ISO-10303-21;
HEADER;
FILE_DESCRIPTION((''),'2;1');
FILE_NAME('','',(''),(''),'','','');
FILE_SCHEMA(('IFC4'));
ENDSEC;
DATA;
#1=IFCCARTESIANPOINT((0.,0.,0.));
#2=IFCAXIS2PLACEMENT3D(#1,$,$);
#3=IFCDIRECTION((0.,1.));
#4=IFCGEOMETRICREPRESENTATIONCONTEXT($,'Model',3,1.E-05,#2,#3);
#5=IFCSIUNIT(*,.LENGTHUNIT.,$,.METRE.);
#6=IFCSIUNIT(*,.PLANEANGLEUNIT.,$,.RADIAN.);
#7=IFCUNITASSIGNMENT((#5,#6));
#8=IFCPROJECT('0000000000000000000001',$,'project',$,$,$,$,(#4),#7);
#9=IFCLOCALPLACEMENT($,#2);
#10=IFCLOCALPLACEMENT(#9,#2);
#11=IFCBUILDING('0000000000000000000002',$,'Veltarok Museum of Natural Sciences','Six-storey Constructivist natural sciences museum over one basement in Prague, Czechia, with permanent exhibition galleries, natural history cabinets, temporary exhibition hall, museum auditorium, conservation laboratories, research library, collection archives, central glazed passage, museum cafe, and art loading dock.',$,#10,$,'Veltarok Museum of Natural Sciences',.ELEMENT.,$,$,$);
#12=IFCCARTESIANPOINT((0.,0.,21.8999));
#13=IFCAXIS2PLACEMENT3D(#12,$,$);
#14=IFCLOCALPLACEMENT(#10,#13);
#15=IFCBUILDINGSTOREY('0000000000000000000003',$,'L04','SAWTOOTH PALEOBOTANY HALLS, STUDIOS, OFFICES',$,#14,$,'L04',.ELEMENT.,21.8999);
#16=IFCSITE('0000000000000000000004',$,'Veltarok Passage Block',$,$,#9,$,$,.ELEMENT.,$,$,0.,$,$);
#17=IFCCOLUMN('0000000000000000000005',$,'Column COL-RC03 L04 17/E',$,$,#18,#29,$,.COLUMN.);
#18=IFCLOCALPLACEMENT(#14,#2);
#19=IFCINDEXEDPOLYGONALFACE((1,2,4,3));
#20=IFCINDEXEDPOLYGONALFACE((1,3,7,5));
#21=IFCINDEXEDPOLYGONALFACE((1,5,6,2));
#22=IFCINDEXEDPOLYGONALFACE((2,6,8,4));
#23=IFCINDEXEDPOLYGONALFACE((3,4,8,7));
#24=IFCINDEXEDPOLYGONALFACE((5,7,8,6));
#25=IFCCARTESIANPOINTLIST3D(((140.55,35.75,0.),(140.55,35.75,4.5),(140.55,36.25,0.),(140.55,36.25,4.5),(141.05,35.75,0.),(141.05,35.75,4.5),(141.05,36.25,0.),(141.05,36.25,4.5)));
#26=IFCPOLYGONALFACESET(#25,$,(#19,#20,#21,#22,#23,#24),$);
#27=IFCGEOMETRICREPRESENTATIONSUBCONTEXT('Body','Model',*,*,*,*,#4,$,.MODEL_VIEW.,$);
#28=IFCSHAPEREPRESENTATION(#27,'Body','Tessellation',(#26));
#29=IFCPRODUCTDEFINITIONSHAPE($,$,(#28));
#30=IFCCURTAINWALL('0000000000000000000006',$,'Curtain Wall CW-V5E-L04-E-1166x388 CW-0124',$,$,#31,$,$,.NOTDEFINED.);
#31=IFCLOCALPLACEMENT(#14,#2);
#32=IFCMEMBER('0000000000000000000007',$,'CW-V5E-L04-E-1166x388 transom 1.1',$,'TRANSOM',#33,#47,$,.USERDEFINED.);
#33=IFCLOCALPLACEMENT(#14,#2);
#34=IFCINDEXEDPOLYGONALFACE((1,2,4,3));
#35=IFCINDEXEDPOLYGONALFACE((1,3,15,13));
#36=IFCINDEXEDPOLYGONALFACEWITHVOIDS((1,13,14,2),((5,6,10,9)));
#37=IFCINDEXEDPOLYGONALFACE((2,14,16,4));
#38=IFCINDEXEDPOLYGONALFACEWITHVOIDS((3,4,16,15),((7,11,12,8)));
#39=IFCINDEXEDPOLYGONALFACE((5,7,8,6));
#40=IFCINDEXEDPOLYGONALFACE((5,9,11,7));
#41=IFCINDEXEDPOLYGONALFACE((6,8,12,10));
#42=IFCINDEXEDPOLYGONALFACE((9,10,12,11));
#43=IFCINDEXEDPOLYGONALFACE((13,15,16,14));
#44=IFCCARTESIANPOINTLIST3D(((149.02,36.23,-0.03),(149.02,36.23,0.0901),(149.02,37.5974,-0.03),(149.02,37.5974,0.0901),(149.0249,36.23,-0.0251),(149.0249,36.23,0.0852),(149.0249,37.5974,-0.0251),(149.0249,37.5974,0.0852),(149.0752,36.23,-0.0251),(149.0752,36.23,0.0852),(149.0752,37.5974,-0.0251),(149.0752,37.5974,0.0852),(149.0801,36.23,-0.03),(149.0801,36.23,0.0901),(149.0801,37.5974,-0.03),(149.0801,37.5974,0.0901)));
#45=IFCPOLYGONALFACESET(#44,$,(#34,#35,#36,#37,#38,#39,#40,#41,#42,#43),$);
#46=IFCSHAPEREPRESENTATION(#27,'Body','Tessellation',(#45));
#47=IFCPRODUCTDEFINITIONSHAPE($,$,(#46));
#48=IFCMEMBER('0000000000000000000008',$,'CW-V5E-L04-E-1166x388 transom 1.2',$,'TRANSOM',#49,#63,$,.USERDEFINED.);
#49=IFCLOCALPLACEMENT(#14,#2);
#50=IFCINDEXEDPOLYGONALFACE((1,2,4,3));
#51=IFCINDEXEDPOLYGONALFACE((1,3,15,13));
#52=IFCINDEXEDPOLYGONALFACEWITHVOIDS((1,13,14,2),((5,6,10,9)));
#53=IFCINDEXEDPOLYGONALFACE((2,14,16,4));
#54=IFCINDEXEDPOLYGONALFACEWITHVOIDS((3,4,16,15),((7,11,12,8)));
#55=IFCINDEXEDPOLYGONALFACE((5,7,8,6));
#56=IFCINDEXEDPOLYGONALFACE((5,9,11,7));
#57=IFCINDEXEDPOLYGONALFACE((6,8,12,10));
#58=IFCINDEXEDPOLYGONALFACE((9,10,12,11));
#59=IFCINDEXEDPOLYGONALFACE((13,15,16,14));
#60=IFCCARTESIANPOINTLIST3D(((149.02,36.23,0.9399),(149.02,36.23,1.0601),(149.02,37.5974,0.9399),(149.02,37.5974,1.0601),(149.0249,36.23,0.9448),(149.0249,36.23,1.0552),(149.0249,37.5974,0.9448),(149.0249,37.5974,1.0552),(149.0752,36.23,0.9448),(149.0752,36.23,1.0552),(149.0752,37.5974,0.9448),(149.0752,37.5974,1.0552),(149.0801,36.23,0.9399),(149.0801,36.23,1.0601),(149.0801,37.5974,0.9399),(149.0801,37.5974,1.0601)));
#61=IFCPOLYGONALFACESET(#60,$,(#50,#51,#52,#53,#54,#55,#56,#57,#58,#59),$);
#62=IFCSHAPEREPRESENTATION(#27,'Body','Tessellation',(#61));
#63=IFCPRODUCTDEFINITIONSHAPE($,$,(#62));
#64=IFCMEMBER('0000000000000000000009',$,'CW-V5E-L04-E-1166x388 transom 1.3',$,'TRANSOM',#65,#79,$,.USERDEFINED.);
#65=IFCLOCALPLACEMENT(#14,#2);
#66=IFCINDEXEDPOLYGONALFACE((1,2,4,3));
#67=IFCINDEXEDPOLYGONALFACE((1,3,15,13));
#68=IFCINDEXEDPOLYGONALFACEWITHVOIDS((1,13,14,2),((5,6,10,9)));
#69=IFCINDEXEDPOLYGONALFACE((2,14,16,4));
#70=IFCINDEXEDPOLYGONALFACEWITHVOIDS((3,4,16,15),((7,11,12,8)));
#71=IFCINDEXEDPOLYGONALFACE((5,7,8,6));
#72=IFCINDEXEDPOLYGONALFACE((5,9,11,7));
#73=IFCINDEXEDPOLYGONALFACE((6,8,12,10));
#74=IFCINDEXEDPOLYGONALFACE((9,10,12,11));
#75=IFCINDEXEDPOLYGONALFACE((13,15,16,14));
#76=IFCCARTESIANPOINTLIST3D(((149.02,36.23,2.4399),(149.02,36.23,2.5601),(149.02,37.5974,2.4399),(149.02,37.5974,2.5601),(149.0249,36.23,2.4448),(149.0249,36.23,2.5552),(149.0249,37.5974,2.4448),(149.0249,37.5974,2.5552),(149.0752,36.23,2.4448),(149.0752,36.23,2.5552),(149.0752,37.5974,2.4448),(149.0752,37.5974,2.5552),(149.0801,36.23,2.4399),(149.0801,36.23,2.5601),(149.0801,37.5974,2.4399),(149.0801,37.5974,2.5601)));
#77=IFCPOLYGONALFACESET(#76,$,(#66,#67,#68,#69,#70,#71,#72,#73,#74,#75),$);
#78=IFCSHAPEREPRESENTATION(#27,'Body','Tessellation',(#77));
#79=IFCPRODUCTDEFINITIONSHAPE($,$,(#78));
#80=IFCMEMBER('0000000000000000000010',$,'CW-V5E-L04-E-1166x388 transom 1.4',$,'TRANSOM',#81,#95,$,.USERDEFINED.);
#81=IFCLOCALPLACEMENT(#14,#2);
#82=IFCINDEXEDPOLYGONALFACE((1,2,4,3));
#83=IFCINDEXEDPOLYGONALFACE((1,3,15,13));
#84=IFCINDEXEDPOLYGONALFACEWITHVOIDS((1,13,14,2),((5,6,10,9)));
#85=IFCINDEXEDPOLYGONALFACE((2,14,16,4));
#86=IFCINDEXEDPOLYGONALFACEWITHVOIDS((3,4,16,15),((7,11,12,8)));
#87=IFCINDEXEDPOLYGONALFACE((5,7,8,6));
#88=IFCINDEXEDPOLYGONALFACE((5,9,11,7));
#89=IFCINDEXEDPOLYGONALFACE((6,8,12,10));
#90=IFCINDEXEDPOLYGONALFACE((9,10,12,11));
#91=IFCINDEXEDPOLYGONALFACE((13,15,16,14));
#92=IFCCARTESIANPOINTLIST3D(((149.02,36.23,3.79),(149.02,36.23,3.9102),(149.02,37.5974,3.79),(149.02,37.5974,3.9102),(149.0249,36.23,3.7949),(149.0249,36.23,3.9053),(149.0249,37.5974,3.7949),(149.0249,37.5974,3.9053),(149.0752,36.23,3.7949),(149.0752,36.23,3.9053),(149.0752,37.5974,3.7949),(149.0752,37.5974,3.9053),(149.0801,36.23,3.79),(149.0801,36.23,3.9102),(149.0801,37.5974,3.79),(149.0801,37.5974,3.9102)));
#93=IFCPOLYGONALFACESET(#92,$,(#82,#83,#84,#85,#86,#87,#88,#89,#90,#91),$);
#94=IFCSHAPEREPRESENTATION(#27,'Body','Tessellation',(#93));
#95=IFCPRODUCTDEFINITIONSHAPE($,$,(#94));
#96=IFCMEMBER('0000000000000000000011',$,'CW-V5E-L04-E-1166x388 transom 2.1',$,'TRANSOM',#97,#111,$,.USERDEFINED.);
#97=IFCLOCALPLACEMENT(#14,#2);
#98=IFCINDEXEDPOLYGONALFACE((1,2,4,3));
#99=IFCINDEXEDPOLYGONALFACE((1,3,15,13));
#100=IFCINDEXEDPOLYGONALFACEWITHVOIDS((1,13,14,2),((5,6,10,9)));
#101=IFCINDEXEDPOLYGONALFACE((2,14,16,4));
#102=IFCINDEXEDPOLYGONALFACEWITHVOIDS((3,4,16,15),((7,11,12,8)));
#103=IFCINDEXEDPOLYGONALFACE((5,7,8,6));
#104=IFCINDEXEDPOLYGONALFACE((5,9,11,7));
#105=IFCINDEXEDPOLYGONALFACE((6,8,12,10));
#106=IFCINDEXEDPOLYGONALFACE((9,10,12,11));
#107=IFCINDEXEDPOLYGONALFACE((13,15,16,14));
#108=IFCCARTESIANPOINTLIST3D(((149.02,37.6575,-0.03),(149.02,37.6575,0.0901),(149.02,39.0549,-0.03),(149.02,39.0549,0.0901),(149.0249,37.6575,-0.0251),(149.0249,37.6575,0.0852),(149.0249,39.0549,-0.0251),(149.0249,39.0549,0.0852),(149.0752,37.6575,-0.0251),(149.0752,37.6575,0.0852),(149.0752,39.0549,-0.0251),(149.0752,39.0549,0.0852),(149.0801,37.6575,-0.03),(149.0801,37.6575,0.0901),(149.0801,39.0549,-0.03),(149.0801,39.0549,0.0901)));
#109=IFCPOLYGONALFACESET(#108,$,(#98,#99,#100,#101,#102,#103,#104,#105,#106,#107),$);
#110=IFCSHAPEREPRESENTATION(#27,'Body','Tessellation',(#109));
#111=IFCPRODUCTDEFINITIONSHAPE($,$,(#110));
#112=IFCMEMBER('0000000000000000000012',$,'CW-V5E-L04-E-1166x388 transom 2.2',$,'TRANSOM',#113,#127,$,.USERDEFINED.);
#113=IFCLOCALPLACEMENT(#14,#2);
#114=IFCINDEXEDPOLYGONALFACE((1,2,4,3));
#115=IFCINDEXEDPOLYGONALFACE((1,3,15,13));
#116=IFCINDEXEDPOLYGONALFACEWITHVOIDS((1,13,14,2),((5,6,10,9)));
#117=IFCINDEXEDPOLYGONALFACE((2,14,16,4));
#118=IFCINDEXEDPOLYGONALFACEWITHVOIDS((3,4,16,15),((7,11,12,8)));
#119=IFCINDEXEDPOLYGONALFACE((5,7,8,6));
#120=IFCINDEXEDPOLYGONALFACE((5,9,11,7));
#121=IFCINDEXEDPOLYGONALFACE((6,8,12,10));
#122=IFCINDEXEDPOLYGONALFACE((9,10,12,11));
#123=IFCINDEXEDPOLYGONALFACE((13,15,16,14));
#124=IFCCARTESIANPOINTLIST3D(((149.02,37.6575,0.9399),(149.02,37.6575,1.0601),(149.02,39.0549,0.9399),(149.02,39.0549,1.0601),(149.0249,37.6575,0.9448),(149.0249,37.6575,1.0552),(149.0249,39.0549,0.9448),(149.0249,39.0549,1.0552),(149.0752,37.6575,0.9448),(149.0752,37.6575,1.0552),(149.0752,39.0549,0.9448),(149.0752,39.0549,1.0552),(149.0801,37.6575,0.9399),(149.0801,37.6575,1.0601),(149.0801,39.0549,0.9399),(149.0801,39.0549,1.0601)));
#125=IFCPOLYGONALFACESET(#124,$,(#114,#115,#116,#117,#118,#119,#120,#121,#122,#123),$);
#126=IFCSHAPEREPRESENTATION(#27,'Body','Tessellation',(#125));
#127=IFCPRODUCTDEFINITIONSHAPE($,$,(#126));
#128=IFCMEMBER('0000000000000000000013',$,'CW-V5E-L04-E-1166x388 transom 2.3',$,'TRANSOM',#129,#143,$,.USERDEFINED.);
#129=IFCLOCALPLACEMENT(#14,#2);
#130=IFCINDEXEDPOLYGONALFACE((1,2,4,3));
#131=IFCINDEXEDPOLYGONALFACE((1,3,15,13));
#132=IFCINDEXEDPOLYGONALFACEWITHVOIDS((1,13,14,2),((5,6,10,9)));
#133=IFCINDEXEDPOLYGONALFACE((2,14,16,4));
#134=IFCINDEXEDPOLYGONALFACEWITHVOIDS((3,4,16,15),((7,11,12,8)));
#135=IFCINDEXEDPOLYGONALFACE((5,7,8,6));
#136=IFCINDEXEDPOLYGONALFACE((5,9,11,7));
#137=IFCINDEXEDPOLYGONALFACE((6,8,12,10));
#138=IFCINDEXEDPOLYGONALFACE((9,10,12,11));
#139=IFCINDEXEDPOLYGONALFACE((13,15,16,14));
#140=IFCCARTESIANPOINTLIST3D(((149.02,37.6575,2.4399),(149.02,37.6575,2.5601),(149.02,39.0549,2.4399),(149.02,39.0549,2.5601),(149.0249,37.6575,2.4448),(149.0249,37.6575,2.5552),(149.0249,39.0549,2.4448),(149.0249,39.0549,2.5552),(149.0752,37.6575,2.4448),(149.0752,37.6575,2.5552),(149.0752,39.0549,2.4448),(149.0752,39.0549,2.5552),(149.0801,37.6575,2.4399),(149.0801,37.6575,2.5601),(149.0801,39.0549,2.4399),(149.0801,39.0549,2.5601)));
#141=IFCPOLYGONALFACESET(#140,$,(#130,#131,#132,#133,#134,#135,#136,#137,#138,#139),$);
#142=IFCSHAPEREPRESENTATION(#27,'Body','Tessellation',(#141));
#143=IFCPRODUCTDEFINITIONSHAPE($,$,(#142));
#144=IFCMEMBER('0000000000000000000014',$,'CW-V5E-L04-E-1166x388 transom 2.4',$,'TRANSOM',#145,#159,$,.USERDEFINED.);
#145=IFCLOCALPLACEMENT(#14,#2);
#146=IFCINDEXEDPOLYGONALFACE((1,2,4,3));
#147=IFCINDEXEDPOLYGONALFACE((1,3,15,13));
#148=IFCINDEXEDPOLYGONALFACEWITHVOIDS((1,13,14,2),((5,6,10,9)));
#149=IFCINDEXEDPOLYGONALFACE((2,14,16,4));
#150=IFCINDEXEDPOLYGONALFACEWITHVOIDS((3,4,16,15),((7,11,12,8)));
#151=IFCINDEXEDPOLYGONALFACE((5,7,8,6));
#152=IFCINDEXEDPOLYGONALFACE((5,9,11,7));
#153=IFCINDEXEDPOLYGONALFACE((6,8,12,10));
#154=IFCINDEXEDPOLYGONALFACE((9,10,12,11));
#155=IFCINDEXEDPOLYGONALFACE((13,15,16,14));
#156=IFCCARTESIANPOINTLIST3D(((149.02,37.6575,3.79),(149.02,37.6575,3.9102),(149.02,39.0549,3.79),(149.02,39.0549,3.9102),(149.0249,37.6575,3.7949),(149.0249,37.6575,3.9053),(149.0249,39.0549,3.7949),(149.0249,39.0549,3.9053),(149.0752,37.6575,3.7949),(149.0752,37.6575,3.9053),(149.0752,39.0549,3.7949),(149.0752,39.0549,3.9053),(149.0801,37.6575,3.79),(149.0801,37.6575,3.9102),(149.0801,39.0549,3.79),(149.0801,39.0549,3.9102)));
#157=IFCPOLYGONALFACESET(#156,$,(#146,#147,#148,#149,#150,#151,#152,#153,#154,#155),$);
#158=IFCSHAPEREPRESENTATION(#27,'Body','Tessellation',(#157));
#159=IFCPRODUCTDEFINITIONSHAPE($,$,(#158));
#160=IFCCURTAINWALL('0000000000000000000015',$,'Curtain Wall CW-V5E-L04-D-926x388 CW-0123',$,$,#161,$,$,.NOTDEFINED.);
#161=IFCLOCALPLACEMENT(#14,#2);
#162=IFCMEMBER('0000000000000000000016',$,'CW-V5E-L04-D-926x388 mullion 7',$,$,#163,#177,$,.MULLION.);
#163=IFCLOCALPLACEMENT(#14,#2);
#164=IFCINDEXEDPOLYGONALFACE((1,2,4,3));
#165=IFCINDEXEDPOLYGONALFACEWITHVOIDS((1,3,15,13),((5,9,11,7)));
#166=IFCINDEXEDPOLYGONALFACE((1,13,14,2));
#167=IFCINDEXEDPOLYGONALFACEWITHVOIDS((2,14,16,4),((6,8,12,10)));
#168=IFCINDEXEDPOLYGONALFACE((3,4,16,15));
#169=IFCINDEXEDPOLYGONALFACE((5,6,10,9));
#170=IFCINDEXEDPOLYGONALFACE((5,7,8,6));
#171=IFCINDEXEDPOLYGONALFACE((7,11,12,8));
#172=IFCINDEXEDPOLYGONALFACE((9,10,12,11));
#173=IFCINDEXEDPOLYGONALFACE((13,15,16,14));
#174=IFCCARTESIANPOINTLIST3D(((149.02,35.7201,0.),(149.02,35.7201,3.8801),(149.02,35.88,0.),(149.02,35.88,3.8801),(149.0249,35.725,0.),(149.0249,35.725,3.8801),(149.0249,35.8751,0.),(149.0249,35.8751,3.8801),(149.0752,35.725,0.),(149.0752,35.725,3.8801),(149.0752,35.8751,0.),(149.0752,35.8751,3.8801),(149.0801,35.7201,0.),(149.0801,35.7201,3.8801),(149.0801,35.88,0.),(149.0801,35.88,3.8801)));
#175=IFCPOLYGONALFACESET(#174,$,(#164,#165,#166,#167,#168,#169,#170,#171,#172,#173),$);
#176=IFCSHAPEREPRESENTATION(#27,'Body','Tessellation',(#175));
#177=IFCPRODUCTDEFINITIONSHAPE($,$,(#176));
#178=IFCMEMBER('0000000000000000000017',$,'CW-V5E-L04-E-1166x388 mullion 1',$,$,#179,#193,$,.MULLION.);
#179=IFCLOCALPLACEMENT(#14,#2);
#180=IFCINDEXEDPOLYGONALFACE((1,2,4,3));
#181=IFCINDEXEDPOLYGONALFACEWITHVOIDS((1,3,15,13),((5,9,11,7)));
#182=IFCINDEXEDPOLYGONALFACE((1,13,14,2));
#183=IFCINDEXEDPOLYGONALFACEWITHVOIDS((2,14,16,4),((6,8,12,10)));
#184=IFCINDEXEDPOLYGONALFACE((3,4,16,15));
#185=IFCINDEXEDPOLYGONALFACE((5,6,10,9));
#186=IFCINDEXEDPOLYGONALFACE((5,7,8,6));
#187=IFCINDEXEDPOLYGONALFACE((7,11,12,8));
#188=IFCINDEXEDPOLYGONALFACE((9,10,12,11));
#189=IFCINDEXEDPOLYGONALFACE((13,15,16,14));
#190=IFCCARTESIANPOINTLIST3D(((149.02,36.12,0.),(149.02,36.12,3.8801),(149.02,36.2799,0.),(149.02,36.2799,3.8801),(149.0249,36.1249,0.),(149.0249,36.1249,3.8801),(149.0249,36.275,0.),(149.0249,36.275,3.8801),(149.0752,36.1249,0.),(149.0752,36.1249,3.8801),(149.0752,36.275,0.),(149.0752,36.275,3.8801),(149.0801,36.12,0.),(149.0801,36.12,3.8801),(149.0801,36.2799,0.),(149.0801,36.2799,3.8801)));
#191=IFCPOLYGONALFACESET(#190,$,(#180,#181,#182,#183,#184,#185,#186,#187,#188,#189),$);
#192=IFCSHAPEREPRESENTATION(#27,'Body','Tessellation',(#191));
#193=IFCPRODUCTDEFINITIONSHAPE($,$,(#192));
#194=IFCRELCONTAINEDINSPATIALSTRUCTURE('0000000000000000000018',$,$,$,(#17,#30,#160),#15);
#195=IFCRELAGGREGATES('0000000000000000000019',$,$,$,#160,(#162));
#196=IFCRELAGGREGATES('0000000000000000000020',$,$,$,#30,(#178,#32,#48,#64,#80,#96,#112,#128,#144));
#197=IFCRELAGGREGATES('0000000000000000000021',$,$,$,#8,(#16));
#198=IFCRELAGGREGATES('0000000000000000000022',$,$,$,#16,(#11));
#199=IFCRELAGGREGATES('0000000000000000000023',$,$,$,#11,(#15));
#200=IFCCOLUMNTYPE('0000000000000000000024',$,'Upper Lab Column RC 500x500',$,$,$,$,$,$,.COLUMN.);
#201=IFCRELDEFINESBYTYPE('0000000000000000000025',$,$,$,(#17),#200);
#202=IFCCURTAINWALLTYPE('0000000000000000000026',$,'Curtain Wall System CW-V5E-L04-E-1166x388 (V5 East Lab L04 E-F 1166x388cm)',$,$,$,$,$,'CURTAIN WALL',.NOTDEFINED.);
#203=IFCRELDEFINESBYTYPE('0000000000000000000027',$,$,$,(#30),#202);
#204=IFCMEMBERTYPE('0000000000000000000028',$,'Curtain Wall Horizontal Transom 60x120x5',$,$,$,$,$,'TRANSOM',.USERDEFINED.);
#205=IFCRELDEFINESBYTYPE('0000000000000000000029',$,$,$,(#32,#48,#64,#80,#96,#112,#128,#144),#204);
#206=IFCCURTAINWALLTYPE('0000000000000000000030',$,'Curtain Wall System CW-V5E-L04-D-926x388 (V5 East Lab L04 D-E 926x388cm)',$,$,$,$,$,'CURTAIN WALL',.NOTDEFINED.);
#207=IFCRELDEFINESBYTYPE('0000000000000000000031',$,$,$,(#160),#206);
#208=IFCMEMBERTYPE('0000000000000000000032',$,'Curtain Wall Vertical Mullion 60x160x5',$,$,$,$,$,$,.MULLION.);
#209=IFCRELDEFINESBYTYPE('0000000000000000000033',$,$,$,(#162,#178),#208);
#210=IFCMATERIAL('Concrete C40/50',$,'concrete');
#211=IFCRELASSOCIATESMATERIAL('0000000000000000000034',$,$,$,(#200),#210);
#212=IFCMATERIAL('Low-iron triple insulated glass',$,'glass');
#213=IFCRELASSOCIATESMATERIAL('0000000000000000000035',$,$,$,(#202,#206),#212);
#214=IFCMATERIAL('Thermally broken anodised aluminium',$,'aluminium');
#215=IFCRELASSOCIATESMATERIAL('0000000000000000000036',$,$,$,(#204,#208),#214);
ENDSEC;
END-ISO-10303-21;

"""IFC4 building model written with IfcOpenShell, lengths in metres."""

from ifc_helpers import new_model, si_unit, direction, frame, origin, origin_2d, place, context, subcontext, project, spatial, rectangle, hollow_rectangle, extrude, material, material_profile, profile_set, type_object, element, aggregate, save


model = new_model("IFC4")

# Units and contexts
model_context = context("Model", 3, precision=1e-05, world=origin(), true_north=direction((0.0, 1.0)))
body_context = subcontext(model_context, "Body", "Model", "MODEL_VIEW")
ifc_project = project(units=[si_unit("LENGTHUNIT", "METRE"), si_unit("PLANEANGLEUNIT", "RADIAN")], contexts=[model_context])

# Site, building, storey
site_placement = place(None, origin())
site = spatial("IfcSite", under=ifc_project, at=site_placement, Name="Veltarok Passage Block", CompositionType="ELEMENT", RefElevation=0.0)
building_placement = place(site_placement, origin())
building = spatial("IfcBuilding", under=site, at=building_placement, Name="Veltarok Museum of Natural Sciences", Description="Six-storey Constructivist natural sciences museum over one basement in Prague, Czechia, with permanent exhibition galleries, natural history cabinets, temporary exhibition hall, museum auditorium, conservation laboratories, research library, collection archives, central glazed passage, museum cafe, and art loading dock.", LongName="Veltarok Museum of Natural Sciences", CompositionType="ELEMENT")
storey_placement = place(building_placement, frame((0.0, 0.0, 21.8999)))
storey = spatial("IfcBuildingStorey", under=building, at=storey_placement, Name="L04", Description="SAWTOOTH PALEOBOTANY HALLS, STUDIOS, OFFICES", LongName="L04", CompositionType="ELEMENT", Elevation=21.8999)

# Column
ifc_material_1 = material(Name="Concrete C40/50", Category="concrete")
ifc_material_profile_1 = material_profile(ifc_material_1, rectangle(XDim=0.5, YDim=0.5, at=origin_2d()), Name="RC 500x500")
ifc_profile_set_1 = profile_set([ifc_material_profile_1], Name="Concrete C40/50")
column_type = type_object("IfcColumnType", Name="Upper Lab Column RC 500x500", PredefinedType="COLUMN", material=ifc_profile_set_1)
column_placement = place(storey_placement, frame((140.8, 36.0, 0.0), z_axis=(0.0, 0.0, 1.0), x_axis=(1.0, 0.0, 0.0)))
element("IfcColumn", 1, at=column_placement, inside=storey, type_object=column_type, Name="Column COL-RC03 L04 17/E", PredefinedType="COLUMN", context=body_context, shape_type="SweptSolid", body=[
    extrude(rectangle(XDim=0.5, YDim=0.5, at=origin_2d()), origin(), (0.0, 0.0, 1.0), 4.5),
])

# Curtain wall, members
ifc_material_2 = material(Name="Low-iron triple insulated glass", Category="glass")
curtain_wall_type_1 = type_object("IfcCurtainWallType", Name="Curtain Wall System CW-V5E-L04-E-1166x388 (V5 East Lab L04 E-F 1166x388cm)", ElementType="CURTAIN WALL", PredefinedType="NOTDEFINED", material=ifc_material_2)
curtain_wall_1_placement = place(storey_placement, origin())
curtain_wall_1 = element("IfcCurtainWall", 2, at=curtain_wall_1_placement, inside=storey, type_object=curtain_wall_type_1, Name="Curtain Wall CW-V5E-L04-E-1166x388 CW-0124", PredefinedType="NOTDEFINED")
ifc_material_3 = material(Name="Thermally broken anodised aluminium", Category="aluminium")
ifc_material_profile_2 = material_profile(ifc_material_3, hollow_rectangle(XDim=0.0601, YDim=0.1201, WallThickness=0.0049, at=origin_2d()), Name="CW TRANSOM 60x120x5")
ifc_profile_set_2 = profile_set([ifc_material_profile_2], Name="Thermally broken anodised aluminium")
member_type_1 = type_object("IfcMemberType", Name="Curtain Wall Horizontal Transom 60x120x5", ElementType="TRANSOM", PredefinedType="USERDEFINED", material=ifc_profile_set_2)
member_1_placement = place(storey_placement, frame((149.05, 36.23, 0.03), z_axis=(0.0, 1.0, 0.0), x_axis=(-1.0, 0.0, 0.0)))
member_1 = element("IfcMember", 3, at=member_1_placement, type_object=member_type_1, Name="CW-V5E-L04-E-1166x388 transom 1.1", ObjectType="TRANSOM", PredefinedType="USERDEFINED", context=body_context, shape_type="SweptSolid", body=[
    extrude(hollow_rectangle(XDim=0.0601, YDim=0.1201, WallThickness=0.0049, at=origin_2d()), origin(), (0.0, 0.0, 1.0), 1.3674),
])
member_2_placement = place(storey_placement, frame((149.05, 36.23, 1.0), z_axis=(0.0, 1.0, 0.0), x_axis=(-1.0, 0.0, 0.0)))
member_2 = element("IfcMember", 4, at=member_2_placement, type_object=member_type_1, Name="CW-V5E-L04-E-1166x388 transom 1.2", ObjectType="TRANSOM", PredefinedType="USERDEFINED", context=body_context, shape_type="SweptSolid", body=[
    extrude(hollow_rectangle(XDim=0.0601, YDim=0.1201, WallThickness=0.0049, at=origin_2d()), origin(), (0.0, 0.0, 1.0), 1.3674),
])
member_3_placement = place(storey_placement, frame((149.05, 36.23, 2.5), z_axis=(0.0, 1.0, 0.0), x_axis=(-1.0, 0.0, 0.0)))
member_3 = element("IfcMember", 5, at=member_3_placement, type_object=member_type_1, Name="CW-V5E-L04-E-1166x388 transom 1.3", ObjectType="TRANSOM", PredefinedType="USERDEFINED", context=body_context, shape_type="SweptSolid", body=[
    extrude(hollow_rectangle(XDim=0.0601, YDim=0.1201, WallThickness=0.0049, at=origin_2d()), origin(), (0.0, 0.0, 1.0), 1.3674),
])
member_4_placement = place(storey_placement, frame((149.05, 36.23, 3.8501), z_axis=(0.0, 1.0, 0.0), x_axis=(-1.0, 0.0, 0.0)))
member_4 = element("IfcMember", 6, at=member_4_placement, type_object=member_type_1, Name="CW-V5E-L04-E-1166x388 transom 1.4", ObjectType="TRANSOM", PredefinedType="USERDEFINED", context=body_context, shape_type="SweptSolid", body=[
    extrude(hollow_rectangle(XDim=0.0601, YDim=0.1201, WallThickness=0.0049, at=origin_2d()), origin(), (0.0, 0.0, 1.0), 1.3674),
])
member_5_placement = place(storey_placement, frame((149.05, 37.6575, 0.03), z_axis=(0.0, 1.0, 0.0), x_axis=(-1.0, 0.0, 0.0)))
member_5 = element("IfcMember", 7, at=member_5_placement, type_object=member_type_1, Name="CW-V5E-L04-E-1166x388 transom 2.1", ObjectType="TRANSOM", PredefinedType="USERDEFINED", context=body_context, shape_type="SweptSolid", body=[
    extrude(hollow_rectangle(XDim=0.0601, YDim=0.1201, WallThickness=0.0049, at=origin_2d()), origin(), (0.0, 0.0, 1.0), 1.3975),
])
member_6_placement = place(storey_placement, frame((149.05, 37.6575, 1.0), z_axis=(0.0, 1.0, 0.0), x_axis=(-1.0, 0.0, 0.0)))
member_6 = element("IfcMember", 8, at=member_6_placement, type_object=member_type_1, Name="CW-V5E-L04-E-1166x388 transom 2.2", ObjectType="TRANSOM", PredefinedType="USERDEFINED", context=body_context, shape_type="SweptSolid", body=[
    extrude(hollow_rectangle(XDim=0.0601, YDim=0.1201, WallThickness=0.0049, at=origin_2d()), origin(), (0.0, 0.0, 1.0), 1.3975),
])
member_7_placement = place(storey_placement, frame((149.05, 37.6575, 2.5), z_axis=(0.0, 1.0, 0.0), x_axis=(-1.0, 0.0, 0.0)))
member_7 = element("IfcMember", 9, at=member_7_placement, type_object=member_type_1, Name="CW-V5E-L04-E-1166x388 transom 2.3", ObjectType="TRANSOM", PredefinedType="USERDEFINED", context=body_context, shape_type="SweptSolid", body=[
    extrude(hollow_rectangle(XDim=0.0601, YDim=0.1201, WallThickness=0.0049, at=origin_2d()), origin(), (0.0, 0.0, 1.0), 1.3975),
])
member_8_placement = place(storey_placement, frame((149.05, 37.6575, 3.8501), z_axis=(0.0, 1.0, 0.0), x_axis=(-1.0, 0.0, 0.0)))
member_8 = element("IfcMember", 10, at=member_8_placement, type_object=member_type_1, Name="CW-V5E-L04-E-1166x388 transom 2.4", ObjectType="TRANSOM", PredefinedType="USERDEFINED", context=body_context, shape_type="SweptSolid", body=[
    extrude(hollow_rectangle(XDim=0.0601, YDim=0.1201, WallThickness=0.0049, at=origin_2d()), origin(), (0.0, 0.0, 1.0), 1.3975),
])

# Curtain wall, member
curtain_wall_type_2 = type_object("IfcCurtainWallType", Name="Curtain Wall System CW-V5E-L04-D-926x388 (V5 East Lab L04 D-E 926x388cm)", ElementType="CURTAIN WALL", PredefinedType="NOTDEFINED", material=ifc_material_2)
curtain_wall_2_placement = place(storey_placement, origin())
curtain_wall_2 = element("IfcCurtainWall", 11, at=curtain_wall_2_placement, inside=storey, type_object=curtain_wall_type_2, Name="Curtain Wall CW-V5E-L04-D-926x388 CW-0123", PredefinedType="NOTDEFINED")
ifc_material_profile_3 = material_profile(ifc_material_3, hollow_rectangle(XDim=0.0601, YDim=0.1599, WallThickness=0.0049, at=origin_2d()), Name="CW MULLION 60x160x5")
ifc_profile_set_3 = profile_set([ifc_material_profile_3], Name="Thermally broken anodised aluminium")
member_type_2 = type_object("IfcMemberType", Name="Curtain Wall Vertical Mullion 60x160x5", PredefinedType="MULLION", material=ifc_profile_set_3)
member_9_placement = place(storey_placement, frame((149.05, 35.8, 0.0), z_axis=(0.0, 0.0, 1.0), x_axis=(-1.0, 0.0, 0.0)))
member_9 = element("IfcMember", 12, at=member_9_placement, type_object=member_type_2, Name="CW-V5E-L04-D-926x388 mullion 7", PredefinedType="MULLION", context=body_context, shape_type="SweptSolid", body=[
    extrude(hollow_rectangle(XDim=0.0601, YDim=0.1599, WallThickness=0.0049, at=origin_2d()), origin(), (0.0, 0.0, 1.0), 3.8801),
])

# Member
member_10_placement = place(storey_placement, frame((149.05, 36.2, 0.0), z_axis=(0.0, 0.0, 1.0), x_axis=(-1.0, 0.0, 0.0)))
member_10 = element("IfcMember", 13, at=member_10_placement, type_object=member_type_2, Name="CW-V5E-L04-E-1166x388 mullion 1", PredefinedType="MULLION", context=body_context, shape_type="SweptSolid", body=[
    extrude(hollow_rectangle(XDim=0.0601, YDim=0.1599, WallThickness=0.0049, at=origin_2d()), origin(), (0.0, 0.0, 1.0), 3.8801),
])

aggregate(curtain_wall_2, [member_9])
aggregate(curtain_wall_1, [member_10, member_1, member_2, member_3, member_4, member_5, member_6, member_7, member_8])

save(model, "model.ifc")
